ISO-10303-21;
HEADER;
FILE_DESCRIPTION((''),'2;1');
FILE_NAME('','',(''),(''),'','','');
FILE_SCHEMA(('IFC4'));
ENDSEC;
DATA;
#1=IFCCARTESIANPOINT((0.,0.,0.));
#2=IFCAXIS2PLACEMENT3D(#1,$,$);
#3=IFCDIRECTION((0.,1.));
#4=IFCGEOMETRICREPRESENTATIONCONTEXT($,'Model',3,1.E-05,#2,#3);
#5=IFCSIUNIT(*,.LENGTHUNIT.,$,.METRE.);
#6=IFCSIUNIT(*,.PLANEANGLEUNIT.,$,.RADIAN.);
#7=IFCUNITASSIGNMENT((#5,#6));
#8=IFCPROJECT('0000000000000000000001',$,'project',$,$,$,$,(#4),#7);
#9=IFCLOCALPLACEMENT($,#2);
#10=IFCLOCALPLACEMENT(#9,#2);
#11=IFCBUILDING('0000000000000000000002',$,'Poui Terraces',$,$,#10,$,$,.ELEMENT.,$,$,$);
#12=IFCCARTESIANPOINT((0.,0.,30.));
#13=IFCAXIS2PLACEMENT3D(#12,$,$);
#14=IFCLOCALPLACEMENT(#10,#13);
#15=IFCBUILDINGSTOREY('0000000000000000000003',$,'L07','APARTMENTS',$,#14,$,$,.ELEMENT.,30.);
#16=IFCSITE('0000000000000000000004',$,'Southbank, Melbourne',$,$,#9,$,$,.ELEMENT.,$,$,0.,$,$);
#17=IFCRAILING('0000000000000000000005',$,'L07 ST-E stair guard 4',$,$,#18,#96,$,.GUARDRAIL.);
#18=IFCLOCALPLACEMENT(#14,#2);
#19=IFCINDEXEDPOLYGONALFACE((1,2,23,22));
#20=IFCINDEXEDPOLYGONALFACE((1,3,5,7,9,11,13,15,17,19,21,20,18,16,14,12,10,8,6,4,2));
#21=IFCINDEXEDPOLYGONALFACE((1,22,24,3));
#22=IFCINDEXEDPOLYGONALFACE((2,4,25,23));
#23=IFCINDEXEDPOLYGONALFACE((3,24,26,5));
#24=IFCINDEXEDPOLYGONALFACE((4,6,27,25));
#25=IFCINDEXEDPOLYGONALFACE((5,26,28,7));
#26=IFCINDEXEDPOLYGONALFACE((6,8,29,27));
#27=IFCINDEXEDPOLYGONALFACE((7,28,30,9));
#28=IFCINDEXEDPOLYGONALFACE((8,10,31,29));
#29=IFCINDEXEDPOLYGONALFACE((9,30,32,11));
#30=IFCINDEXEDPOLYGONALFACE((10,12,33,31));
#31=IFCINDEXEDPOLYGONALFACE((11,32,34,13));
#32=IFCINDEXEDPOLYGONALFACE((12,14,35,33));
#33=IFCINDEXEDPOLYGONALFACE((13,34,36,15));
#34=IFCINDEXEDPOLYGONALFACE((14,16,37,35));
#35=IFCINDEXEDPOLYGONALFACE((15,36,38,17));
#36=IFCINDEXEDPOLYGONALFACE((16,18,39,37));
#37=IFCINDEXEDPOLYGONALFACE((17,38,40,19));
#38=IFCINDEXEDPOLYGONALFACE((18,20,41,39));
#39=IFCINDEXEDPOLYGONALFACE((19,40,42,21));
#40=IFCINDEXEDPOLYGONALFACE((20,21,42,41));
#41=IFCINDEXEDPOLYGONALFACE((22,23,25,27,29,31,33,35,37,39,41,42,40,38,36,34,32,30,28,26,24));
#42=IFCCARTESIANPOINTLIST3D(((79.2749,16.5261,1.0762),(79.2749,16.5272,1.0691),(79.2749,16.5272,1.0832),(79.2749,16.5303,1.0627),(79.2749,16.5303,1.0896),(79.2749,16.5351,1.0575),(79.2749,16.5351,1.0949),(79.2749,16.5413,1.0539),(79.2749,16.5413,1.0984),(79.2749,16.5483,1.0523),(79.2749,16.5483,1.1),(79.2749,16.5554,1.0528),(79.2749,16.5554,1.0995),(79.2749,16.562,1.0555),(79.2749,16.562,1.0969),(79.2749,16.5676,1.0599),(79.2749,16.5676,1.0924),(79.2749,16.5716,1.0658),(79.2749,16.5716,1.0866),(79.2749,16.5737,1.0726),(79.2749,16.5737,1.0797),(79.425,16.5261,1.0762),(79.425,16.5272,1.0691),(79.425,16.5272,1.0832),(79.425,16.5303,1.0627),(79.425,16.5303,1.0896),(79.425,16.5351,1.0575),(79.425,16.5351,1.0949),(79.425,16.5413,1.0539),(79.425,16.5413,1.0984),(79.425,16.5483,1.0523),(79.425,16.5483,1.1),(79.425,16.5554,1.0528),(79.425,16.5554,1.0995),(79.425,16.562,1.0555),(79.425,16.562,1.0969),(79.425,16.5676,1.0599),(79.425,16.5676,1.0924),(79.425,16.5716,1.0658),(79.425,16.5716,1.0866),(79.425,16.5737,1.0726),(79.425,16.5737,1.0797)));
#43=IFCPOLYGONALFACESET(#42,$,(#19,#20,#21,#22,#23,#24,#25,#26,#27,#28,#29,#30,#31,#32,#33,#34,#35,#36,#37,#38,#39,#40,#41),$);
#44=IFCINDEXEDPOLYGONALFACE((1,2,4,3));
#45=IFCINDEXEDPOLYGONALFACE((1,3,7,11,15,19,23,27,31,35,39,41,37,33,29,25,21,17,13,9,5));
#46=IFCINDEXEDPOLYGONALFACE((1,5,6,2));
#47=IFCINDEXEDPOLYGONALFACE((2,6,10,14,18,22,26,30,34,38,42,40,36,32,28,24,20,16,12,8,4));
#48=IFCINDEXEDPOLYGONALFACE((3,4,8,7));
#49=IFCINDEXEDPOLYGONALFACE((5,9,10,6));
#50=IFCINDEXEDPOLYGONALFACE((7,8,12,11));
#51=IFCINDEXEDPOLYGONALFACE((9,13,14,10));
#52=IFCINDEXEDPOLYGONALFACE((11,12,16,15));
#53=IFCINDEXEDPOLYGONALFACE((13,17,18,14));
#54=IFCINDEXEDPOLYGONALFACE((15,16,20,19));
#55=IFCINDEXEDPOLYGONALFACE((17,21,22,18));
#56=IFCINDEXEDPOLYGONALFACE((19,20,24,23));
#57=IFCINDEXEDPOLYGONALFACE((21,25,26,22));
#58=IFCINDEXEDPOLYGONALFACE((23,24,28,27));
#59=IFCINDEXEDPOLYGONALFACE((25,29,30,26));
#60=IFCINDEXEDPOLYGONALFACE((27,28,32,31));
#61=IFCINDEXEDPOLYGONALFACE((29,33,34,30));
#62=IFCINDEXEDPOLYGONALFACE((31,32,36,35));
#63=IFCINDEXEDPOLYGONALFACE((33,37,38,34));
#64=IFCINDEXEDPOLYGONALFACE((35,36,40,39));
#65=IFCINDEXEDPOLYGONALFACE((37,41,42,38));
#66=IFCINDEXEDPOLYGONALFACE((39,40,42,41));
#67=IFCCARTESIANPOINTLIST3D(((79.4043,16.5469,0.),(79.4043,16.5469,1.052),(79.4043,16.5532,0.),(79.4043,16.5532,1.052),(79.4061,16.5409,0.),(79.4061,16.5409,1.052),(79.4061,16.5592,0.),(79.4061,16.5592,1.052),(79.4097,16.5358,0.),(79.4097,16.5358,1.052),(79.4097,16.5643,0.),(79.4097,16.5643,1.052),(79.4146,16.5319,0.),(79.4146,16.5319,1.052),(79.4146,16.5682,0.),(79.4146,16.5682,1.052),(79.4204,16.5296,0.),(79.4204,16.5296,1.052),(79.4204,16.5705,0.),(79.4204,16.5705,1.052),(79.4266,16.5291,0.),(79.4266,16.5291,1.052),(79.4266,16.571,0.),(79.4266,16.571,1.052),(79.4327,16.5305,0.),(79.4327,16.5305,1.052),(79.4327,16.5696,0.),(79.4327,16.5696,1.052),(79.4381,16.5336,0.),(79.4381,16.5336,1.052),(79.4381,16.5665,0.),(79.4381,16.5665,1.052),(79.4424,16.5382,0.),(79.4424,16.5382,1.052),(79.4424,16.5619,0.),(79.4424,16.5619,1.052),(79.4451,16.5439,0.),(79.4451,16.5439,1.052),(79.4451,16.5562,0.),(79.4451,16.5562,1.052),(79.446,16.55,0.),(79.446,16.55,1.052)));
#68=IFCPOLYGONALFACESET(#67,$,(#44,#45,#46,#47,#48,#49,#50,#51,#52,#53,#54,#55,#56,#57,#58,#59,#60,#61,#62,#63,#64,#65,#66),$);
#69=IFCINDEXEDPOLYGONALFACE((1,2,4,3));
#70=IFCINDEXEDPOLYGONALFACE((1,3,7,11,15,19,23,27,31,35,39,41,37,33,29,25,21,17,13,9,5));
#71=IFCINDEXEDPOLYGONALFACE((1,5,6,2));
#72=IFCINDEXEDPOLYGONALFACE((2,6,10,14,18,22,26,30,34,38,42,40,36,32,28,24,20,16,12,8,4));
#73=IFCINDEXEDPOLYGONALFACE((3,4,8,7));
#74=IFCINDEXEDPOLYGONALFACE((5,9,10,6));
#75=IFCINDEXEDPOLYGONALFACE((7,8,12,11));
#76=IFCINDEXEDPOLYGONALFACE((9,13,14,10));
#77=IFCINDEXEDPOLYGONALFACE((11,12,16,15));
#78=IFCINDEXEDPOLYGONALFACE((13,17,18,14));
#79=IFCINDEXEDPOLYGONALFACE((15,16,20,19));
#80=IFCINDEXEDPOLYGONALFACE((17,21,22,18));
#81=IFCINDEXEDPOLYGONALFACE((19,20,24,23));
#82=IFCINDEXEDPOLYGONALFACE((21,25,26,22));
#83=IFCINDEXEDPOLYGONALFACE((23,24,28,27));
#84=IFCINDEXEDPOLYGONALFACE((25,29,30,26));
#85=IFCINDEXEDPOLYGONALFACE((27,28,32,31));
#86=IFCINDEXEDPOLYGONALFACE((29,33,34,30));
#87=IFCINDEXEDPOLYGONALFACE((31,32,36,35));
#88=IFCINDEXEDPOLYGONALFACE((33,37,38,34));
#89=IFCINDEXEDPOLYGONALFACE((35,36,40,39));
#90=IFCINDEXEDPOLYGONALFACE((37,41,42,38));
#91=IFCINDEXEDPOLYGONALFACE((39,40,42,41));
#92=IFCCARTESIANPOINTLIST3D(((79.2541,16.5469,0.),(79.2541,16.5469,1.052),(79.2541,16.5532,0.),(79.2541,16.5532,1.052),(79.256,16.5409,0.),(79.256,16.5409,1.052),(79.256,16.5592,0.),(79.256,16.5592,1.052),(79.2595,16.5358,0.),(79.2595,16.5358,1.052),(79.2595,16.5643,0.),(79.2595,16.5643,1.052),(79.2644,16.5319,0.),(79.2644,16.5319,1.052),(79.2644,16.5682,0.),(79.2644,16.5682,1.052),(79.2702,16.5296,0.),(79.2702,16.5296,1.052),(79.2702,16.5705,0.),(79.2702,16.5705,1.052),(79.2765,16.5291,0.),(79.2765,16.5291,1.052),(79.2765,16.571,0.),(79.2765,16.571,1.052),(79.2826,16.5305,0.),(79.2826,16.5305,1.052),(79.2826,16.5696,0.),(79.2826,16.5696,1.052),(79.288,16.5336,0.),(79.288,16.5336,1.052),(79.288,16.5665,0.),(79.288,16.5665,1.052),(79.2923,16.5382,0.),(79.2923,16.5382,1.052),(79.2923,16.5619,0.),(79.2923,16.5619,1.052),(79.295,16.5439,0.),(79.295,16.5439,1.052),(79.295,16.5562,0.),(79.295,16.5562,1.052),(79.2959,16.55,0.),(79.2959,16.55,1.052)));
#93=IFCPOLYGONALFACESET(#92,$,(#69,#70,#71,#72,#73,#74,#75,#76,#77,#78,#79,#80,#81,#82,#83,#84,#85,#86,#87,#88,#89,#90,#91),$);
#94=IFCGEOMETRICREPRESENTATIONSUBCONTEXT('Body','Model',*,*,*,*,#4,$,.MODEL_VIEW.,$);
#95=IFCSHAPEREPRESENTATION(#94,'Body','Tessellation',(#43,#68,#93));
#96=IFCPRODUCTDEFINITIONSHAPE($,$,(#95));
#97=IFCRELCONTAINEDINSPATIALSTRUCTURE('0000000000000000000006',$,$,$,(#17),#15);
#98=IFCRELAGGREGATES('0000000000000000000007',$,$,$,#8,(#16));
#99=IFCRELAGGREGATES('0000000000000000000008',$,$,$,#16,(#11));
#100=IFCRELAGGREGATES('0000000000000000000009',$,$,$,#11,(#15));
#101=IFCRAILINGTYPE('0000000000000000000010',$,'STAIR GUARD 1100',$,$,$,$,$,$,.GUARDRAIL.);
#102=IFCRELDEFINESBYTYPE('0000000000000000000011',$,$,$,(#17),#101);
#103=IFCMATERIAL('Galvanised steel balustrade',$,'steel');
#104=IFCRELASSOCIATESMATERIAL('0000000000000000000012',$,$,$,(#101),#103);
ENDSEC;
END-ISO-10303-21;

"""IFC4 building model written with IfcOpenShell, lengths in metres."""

from ifc_helpers import new_model, si_unit, direction, frame, origin, origin_2d, place, context, subcontext, project, spatial, circle, extrude, material, type_object, element, save


model = new_model("IFC4")

# Units and contexts
model_context = context("Model", 3, precision=1e-05, world=origin(), true_north=direction((0.0, 1.0)))
body_context = subcontext(model_context, "Body", "Model", "MODEL_VIEW")
ifc_project = project(units=[si_unit("LENGTHUNIT", "METRE"), si_unit("PLANEANGLEUNIT", "RADIAN")], contexts=[model_context])

# Site, building, storey
site_placement = place(None, origin())
site = spatial("IfcSite", under=ifc_project, at=site_placement, Name="Southbank, Melbourne", CompositionType="ELEMENT", RefElevation=0.0)
building_placement = place(site_placement, origin())
building = spatial("IfcBuilding", under=site, at=building_placement, Name="Poui Terraces", CompositionType="ELEMENT")
storey_placement = place(building_placement, frame((0.0, 0.0, 30.0)))
storey = spatial("IfcBuildingStorey", under=building, at=storey_placement, Name="L07", Description="APARTMENTS", CompositionType="ELEMENT", Elevation=30.0)

# Railing
ifc_material_1 = material(Name="Galvanised steel balustrade", Category="steel")
railing_type_1 = type_object("IfcRailingType", Name="STAIR GUARD 1100", PredefinedType="GUARDRAIL", material=ifc_material_1)
railing_1_placement = place(storey_placement, frame((79.425, 16.55, 0.0)))
element("IfcRailing", 1, at=railing_1_placement, inside=storey, type_object=railing_type_1, Name="L07 ST-E stair guard 4", PredefinedType="GUARDRAIL", context=body_context, shape_type="SweptSolid", body=[
    extrude(circle(Radius=0.0239, at=origin_2d()), frame((0.0, 0.0, 1.0762), z_axis=(-1.0, 0.0, 0.0), x_axis=(0.0, -1.0, 0.0)), (0.0, 0.0, 1.0), 0.1501),
    extrude(circle(Radius=0.021, at=origin_2d()), origin(), (0.0, 0.0, 1.0), 1.052),
    extrude(circle(Radius=0.021, at=origin_2d()), frame((-0.1501, 0.0, 0.0)), (0.0, 0.0, 1.0), 1.052),
])

save(model, "model.ifc")
